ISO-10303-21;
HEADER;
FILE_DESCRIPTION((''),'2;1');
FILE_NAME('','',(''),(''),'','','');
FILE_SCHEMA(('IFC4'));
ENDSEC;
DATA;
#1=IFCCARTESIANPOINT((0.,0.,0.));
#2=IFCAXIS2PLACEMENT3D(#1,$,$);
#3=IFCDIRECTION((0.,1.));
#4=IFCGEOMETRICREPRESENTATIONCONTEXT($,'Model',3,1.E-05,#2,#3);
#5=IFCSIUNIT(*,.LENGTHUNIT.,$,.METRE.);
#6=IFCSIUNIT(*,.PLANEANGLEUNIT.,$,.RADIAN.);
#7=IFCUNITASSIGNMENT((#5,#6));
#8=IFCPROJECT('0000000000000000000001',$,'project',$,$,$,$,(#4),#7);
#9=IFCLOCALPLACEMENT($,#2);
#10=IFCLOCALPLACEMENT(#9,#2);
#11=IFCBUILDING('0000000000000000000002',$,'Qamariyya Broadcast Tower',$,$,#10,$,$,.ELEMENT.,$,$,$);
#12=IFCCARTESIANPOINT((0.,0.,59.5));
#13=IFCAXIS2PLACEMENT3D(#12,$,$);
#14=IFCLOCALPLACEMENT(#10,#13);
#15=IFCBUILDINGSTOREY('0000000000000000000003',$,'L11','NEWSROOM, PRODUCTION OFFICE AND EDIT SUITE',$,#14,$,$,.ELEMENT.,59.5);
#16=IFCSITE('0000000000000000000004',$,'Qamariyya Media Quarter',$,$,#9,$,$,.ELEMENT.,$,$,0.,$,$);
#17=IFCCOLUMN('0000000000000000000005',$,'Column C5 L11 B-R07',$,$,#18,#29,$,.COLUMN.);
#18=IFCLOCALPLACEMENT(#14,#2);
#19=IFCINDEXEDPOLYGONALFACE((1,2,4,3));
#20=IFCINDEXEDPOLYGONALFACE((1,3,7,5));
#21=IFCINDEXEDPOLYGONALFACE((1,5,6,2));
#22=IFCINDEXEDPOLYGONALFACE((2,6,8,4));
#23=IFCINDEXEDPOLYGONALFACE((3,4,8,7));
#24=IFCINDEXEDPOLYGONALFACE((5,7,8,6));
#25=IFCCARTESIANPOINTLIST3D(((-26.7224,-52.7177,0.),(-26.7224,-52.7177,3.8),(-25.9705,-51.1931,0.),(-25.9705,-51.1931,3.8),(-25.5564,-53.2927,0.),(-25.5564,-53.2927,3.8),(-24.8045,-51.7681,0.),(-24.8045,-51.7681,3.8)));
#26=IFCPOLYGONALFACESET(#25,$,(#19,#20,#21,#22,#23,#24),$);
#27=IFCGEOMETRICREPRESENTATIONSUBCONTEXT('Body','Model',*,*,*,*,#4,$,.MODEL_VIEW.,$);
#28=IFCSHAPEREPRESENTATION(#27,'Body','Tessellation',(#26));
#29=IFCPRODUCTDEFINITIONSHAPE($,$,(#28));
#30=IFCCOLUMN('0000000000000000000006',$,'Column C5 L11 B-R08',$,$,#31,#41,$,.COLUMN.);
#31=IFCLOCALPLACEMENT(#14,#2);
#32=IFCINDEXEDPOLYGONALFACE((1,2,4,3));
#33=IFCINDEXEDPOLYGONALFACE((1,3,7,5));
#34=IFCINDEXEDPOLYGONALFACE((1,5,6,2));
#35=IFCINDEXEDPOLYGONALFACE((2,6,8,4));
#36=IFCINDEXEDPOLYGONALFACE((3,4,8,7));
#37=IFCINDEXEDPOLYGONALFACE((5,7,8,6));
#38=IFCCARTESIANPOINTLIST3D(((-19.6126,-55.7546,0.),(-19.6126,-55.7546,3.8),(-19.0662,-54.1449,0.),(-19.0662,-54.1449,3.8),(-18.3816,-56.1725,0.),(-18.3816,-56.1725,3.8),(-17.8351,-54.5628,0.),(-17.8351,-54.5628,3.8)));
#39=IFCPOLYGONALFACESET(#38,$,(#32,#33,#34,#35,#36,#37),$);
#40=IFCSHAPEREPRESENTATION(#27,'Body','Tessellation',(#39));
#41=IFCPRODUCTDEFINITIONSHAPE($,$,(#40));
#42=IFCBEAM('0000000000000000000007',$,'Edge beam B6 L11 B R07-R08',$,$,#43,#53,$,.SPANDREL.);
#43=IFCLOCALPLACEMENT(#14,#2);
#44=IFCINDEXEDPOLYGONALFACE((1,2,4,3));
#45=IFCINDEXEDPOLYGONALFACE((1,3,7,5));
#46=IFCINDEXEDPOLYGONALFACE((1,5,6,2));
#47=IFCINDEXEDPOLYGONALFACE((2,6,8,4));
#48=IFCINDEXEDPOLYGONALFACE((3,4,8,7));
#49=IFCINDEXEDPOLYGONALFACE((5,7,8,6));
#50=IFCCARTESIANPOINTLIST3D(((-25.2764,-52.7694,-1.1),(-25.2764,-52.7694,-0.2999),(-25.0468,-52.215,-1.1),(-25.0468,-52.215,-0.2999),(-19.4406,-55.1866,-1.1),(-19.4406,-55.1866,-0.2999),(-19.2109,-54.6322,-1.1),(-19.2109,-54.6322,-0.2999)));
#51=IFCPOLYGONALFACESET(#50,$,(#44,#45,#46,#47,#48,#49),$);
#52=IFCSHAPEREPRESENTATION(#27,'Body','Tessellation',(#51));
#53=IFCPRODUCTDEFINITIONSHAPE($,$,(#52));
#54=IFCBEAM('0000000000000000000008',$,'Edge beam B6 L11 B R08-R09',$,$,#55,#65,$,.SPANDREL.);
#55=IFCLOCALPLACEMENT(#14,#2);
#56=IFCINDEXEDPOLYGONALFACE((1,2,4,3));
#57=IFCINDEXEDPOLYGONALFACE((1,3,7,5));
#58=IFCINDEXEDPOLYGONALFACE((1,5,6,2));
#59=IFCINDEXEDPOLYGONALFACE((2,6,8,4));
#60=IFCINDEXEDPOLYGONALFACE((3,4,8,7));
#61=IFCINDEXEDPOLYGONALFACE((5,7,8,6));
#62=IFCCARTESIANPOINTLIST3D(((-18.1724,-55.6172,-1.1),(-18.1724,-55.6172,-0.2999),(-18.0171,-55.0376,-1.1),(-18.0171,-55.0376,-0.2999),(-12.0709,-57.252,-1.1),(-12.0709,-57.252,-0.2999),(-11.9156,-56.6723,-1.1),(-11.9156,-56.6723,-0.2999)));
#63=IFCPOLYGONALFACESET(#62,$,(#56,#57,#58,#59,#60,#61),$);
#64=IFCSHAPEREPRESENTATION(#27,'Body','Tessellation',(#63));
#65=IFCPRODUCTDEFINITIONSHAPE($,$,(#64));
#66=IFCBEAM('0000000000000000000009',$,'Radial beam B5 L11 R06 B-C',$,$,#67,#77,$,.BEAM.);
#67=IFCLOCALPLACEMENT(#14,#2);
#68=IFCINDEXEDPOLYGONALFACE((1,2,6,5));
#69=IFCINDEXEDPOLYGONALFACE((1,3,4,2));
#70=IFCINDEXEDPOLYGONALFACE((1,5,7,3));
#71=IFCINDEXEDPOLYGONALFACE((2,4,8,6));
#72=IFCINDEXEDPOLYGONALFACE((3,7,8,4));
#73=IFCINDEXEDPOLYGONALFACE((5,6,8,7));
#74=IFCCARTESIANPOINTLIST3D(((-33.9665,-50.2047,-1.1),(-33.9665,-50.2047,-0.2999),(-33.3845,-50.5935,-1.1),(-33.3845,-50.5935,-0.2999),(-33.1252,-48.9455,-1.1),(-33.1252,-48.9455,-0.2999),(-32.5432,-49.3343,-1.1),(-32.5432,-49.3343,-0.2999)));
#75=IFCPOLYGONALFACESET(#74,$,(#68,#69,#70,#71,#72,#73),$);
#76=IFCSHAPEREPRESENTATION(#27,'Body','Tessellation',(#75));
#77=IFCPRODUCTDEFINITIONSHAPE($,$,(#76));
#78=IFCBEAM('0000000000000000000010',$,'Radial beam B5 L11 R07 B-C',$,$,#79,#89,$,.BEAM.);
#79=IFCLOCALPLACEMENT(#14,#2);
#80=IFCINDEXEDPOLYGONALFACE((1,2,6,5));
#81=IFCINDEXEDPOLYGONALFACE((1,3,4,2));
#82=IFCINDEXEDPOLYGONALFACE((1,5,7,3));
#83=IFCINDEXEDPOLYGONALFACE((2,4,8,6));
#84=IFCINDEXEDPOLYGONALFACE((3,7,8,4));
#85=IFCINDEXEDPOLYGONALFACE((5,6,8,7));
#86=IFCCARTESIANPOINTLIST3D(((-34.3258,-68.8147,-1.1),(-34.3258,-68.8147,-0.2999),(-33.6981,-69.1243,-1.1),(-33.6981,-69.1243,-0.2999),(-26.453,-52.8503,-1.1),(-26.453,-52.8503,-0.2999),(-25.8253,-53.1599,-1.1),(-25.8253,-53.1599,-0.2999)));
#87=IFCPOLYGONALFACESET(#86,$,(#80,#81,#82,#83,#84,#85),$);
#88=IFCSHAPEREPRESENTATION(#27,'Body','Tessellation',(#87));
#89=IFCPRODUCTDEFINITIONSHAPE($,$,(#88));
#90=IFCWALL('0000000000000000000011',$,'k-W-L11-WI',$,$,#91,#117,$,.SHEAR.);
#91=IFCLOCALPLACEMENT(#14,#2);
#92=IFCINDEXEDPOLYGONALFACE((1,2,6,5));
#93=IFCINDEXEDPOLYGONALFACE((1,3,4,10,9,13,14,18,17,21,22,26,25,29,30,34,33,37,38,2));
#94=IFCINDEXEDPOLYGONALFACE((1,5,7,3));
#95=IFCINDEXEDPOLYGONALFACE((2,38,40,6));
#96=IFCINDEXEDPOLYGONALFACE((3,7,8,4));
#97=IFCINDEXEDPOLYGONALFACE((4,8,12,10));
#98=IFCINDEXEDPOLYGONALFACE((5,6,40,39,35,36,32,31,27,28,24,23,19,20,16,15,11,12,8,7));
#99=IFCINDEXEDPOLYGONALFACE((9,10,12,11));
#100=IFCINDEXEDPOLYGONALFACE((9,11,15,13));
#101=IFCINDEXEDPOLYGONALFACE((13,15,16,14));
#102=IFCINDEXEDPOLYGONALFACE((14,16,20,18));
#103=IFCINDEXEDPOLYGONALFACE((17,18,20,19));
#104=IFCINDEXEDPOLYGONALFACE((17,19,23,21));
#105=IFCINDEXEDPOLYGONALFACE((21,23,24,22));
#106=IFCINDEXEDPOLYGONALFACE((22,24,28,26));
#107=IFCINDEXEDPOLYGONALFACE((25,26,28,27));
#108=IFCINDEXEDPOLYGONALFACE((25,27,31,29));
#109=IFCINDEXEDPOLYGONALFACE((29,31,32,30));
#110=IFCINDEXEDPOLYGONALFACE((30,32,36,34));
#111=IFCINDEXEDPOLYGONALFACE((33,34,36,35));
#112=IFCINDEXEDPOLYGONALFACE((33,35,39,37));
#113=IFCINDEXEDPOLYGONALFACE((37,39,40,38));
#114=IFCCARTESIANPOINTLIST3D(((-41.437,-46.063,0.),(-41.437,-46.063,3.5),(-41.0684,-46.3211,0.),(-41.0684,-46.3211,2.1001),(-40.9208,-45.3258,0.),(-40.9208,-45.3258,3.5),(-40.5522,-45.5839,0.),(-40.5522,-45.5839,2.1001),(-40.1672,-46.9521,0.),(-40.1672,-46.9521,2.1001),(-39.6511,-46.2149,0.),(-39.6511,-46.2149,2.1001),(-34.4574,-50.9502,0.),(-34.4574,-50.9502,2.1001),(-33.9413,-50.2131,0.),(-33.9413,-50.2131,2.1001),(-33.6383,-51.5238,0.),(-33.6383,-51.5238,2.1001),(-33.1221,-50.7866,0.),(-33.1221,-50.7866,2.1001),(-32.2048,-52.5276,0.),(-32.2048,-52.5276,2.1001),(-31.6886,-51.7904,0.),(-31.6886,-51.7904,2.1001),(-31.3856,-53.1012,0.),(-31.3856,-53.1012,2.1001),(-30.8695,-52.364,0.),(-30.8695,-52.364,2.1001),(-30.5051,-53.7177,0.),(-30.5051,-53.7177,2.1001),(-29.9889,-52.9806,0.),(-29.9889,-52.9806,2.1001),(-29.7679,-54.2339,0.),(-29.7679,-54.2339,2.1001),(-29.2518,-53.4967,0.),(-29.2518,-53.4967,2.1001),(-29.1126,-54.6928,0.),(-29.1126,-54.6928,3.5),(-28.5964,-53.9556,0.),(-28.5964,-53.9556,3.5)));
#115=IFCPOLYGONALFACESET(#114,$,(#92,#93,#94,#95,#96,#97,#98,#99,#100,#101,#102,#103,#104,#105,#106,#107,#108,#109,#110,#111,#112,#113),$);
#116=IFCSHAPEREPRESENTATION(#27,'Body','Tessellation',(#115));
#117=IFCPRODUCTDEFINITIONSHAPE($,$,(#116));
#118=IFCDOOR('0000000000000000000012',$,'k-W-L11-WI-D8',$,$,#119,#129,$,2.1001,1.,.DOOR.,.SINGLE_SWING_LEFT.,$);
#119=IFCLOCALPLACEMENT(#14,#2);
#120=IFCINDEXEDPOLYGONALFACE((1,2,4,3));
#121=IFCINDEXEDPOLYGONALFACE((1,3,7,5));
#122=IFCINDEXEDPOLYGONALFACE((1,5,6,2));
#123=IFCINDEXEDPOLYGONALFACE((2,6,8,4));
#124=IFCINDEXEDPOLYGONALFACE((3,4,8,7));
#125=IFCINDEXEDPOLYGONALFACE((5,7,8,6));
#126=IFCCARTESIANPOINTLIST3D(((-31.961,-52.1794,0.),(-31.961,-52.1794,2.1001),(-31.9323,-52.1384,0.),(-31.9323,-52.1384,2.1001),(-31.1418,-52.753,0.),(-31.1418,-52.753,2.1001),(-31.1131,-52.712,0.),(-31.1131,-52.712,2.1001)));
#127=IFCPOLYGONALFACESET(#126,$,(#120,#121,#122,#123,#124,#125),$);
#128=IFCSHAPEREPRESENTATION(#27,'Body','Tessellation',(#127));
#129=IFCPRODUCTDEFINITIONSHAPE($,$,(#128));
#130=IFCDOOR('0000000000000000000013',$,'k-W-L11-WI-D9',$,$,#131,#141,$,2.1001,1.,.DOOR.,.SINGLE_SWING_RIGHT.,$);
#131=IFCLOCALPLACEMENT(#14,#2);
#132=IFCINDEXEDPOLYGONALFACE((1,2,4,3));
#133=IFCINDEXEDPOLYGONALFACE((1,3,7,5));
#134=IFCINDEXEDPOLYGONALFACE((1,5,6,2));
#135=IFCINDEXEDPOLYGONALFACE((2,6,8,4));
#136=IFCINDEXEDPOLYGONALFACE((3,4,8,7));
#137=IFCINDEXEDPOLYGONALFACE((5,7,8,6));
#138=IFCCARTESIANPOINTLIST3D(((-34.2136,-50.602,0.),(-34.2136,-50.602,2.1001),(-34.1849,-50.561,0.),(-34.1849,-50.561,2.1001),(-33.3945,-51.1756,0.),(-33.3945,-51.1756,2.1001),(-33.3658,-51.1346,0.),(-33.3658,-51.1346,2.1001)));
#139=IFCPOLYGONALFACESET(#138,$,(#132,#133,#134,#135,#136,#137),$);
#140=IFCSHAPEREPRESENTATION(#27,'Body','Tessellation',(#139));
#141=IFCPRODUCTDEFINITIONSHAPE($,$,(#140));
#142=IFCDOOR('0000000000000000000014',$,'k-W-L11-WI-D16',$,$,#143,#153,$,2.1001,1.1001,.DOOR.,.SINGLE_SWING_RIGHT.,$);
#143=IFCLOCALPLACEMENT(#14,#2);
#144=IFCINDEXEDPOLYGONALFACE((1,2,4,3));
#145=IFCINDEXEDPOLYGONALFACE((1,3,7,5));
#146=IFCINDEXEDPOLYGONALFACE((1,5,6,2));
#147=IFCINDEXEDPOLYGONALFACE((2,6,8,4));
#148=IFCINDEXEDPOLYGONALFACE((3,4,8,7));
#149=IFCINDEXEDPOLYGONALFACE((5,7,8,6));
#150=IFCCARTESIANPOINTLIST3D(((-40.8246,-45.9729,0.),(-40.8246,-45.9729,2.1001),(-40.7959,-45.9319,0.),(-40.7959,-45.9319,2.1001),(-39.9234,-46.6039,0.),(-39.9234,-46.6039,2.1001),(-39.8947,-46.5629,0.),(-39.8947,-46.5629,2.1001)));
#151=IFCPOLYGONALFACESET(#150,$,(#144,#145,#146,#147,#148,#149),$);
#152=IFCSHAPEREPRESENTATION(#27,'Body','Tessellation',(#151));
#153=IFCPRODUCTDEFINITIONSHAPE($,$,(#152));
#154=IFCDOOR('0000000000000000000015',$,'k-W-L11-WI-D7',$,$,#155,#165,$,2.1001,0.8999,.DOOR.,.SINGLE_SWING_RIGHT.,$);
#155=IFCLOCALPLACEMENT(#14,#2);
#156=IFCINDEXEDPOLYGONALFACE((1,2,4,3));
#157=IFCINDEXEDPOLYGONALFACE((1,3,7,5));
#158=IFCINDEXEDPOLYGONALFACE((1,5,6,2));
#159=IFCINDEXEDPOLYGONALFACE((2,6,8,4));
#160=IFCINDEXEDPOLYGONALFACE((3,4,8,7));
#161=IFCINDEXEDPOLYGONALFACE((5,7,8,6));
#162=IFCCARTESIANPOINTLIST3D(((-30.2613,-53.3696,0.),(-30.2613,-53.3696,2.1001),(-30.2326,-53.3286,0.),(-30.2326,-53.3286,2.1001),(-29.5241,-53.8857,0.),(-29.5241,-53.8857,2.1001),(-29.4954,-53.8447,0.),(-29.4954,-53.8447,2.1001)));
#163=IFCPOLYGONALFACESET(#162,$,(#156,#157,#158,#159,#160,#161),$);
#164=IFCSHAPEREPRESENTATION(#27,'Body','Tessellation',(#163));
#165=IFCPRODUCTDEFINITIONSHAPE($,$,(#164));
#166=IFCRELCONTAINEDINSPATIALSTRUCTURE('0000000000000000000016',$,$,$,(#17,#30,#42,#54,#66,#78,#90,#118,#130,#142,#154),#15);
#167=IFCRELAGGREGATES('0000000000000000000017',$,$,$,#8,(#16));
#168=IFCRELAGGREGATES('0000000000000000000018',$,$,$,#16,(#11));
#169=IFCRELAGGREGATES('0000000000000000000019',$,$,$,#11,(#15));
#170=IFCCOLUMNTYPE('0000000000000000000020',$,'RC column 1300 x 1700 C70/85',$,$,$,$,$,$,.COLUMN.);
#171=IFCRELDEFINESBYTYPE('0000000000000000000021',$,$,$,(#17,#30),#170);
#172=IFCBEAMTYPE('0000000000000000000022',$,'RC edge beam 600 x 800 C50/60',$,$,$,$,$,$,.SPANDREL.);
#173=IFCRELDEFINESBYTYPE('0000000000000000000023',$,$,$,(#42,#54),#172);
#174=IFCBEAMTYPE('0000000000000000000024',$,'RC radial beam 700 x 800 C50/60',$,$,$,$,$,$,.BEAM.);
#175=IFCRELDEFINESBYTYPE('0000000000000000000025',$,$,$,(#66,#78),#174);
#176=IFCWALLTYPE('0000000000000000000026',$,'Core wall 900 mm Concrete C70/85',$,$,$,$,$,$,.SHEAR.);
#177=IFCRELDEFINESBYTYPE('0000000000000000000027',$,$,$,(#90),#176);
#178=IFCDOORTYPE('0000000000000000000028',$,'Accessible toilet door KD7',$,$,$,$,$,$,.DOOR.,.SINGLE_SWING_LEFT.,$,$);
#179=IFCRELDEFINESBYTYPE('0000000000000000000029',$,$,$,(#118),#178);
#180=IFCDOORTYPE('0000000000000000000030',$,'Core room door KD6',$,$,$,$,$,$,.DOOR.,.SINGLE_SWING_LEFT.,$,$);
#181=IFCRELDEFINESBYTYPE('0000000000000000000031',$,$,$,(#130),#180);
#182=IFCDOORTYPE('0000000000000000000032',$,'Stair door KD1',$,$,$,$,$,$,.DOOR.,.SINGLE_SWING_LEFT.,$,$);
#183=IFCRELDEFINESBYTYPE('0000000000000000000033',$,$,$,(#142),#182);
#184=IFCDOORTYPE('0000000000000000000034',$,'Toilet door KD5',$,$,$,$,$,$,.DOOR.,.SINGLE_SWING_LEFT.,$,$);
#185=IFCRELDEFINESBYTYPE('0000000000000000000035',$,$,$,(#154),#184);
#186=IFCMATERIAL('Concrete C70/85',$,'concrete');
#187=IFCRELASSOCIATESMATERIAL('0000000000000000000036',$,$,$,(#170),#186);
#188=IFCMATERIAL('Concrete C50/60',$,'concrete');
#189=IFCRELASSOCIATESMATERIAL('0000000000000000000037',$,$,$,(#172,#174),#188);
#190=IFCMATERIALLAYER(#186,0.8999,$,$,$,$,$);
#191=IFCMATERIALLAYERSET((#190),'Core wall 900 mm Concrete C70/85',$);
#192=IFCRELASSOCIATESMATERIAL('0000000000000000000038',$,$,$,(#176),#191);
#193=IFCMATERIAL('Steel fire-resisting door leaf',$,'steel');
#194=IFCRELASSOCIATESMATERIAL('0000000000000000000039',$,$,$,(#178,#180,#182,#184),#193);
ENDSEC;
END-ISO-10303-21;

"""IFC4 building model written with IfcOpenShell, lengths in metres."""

from ifc_helpers import new_model, si_unit, direction, frame, frame_2d, origin, origin_2d, place, context, subcontext, project, spatial, rectangle, extrude, material, layer, layer_set, material_profile, profile_set, type_object, element, fill, save


model = new_model("IFC4")

# Units and contexts
model_context = context("Model", 3, precision=1e-05, world=origin(), true_north=direction((0.0, 1.0)))
body_context = subcontext(model_context, "Body", "Model", "MODEL_VIEW")
ifc_project = project(units=[si_unit("LENGTHUNIT", "METRE"), si_unit("PLANEANGLEUNIT", "RADIAN")], contexts=[model_context])

# Site, building, storey
site_placement = place(None, origin())
site = spatial("IfcSite", under=ifc_project, at=site_placement, Name="Qamariyya Media Quarter", CompositionType="ELEMENT", RefElevation=0.0)
building_placement = place(site_placement, origin())
building = spatial("IfcBuilding", under=site, at=building_placement, Name="Qamariyya Broadcast Tower", CompositionType="ELEMENT")
storey_placement = place(building_placement, frame((0.0, 0.0, 59.5)))
storey = spatial("IfcBuildingStorey", under=building, at=storey_placement, Name="L11", Description="NEWSROOM, PRODUCTION OFFICE AND EDIT SUITE", CompositionType="ELEMENT", Elevation=59.5)

# Columns
ifc_material_1 = material(Name="Concrete C70/85", Category="concrete")
ifc_material_profile_1 = material_profile(ifc_material_1, rectangle(XDim=1.3, YDim=1.7, at=origin_2d()))
ifc_profile_set_1 = profile_set([ifc_material_profile_1], Name="Concrete C70/85")
column_type = type_object("IfcColumnType", Name="RC column 1300 x 1700 C70/85", PredefinedType="COLUMN", material=ifc_profile_set_1)
for number, where, z_axis, x_axis, name in (
    (1, (-25.7634, -52.2429, 0.0), (0.0, 0.0, 1.0), (0.896873, -0.442289, 0.0), "Column C5 L11 B-R07"),
    (2, (-18.7239, -55.1587, 0.0), (0.0, 0.0, 1.0), (0.94693, -0.321439, 0.0), "Column C5 L11 B-R08"),
):
    element("IfcColumn", number, at=place(storey_placement, frame(where, z_axis=z_axis, x_axis=x_axis)), inside=storey, type_object=column_type, Name=name, PredefinedType="COLUMN", context=body_context, shape_type="SweptSolid", body=[
        extrude(rectangle(XDim=1.3, YDim=1.7, at=origin_2d()), origin(), (0.0, 0.0, 1.0), 3.8),
    ])

# Beams
ifc_material_2 = material(Name="Concrete C50/60", Category="concrete")
ifc_material_profile_2 = material_profile(ifc_material_2, rectangle(XDim=0.6001, YDim=0.8, at=origin_2d()))
ifc_profile_set_2 = profile_set([ifc_material_profile_2], Name="Concrete C50/60")
beam_type_1 = type_object("IfcBeamType", Name="RC edge beam 600 x 800 C50/60", PredefinedType="SPANDREL", material=ifc_profile_set_2)
for number, where, z_axis, x_axis, name in (
    (3, (-25.1616, -52.4922, -0.7), (0.923884, -0.382672, 0.0), (0.382672, 0.923884, 0.0), "Edge beam B6 L11 B R07-R08"),
    (4, (-18.0947, -55.3274, -0.7), (0.965931, -0.258798, 0.0), (0.258798, 0.965931, 0.0), "Edge beam B6 L11 B R08-R09"),
):
    element("IfcBeam", number, at=place(storey_placement, frame(where, z_axis=z_axis, x_axis=x_axis)), inside=storey, type_object=beam_type_1, Name=name, PredefinedType="SPANDREL", context=body_context, shape_type="SweptSolid", body=[
        extrude(rectangle(XDim=0.6001, YDim=0.8, at=origin_2d()), origin(), (0.0, 0.0, 1.0), 6.3167),
    ])
ifc_material_profile_3 = material_profile(ifc_material_2, rectangle(XDim=0.7, YDim=0.8, at=origin_2d()))
ifc_profile_set_3 = profile_set([ifc_material_profile_3], Name="Concrete C50/60")
beam_type_2 = type_object("IfcBeamType", Name="RC radial beam 700 x 800 C50/60", PredefinedType="BEAM", material=ifc_profile_set_3)
beam_1_placement = place(storey_placement, frame((-32.8342, -49.1399, -0.7), z_axis=(-0.555518, -0.831504, 0.0), x_axis=(0.831504, -0.555518, 0.0)))
element("IfcBeam", 5, at=beam_1_placement, inside=storey, type_object=beam_type_2, Name="Radial beam B5 L11 R06 B-C", PredefinedType="BEAM", context=body_context, shape_type="SweptSolid", body=[
    extrude(rectangle(XDim=0.7, YDim=0.8, at=origin_2d()), origin(), (0.0, 0.0, 1.0), 1.5144),
])
beam_2_placement = place(storey_placement, frame((-26.1392, -53.0051, -0.7), z_axis=(-0.442291, -0.896872, 0.0), x_axis=(0.896872, -0.442291, 0.0)))
element("IfcBeam", 6, at=beam_2_placement, inside=storey, type_object=beam_type_2, Name="Radial beam B5 L11 R07 B-C", PredefinedType="BEAM", context=body_context, shape_type="SweptSolid", body=[
    extrude(rectangle(XDim=0.7, YDim=0.8, at=origin_2d()), origin(), (0.0, 0.0, 1.0), 17.8),
])

# Wall, openings, doors
ifc_layer_1 = layer(ifc_material_1, 0.8999)
ifc_layer_set_1 = layer_set([ifc_layer_1], Name="Core wall 900 mm Concrete C70/85")
wall_type_1 = type_object("IfcWallType", Name="Core wall 900 mm Concrete C70/85", PredefinedType="SHEAR", material=ifc_layer_set_1)
wall_1_placement = place(storey_placement, frame((-28.8545, -54.3242, 0.0), z_axis=(0.0, 0.0, 1.0), x_axis=(-0.819146, 0.573585, 0.0)))
wall_1 = element("IfcWall", 7, at=wall_1_placement, inside=storey, type_object=wall_type_1, Name="k-W-L11-WI", PredefinedType="SHEAR", context=body_context, shape_type="SweptSolid", body=[
    extrude(rectangle(XDim=15.0454, YDim=0.8999, at=frame_2d((7.5227, 0.0))), origin(), (0.0, 0.0, 1.0), 3.5),
])
opening_1_placement = place(wall_1_placement, frame((0.8, 0.0, 0.0)))
opening_1 = element("IfcOpeningElement", 8, at=opening_1_placement, cuts=wall_1, PredefinedType="OPENING", context=body_context, shape_type="SweptSolid", body=[
    extrude(rectangle(XDim=0.8999, YDim=2.1001, at=frame_2d((0.45, 1.05))), frame((0.0, 0.46, 0.0), z_axis=(0.0, -1.0, 0.0), x_axis=(1.0, 0.0, 0.0)), (0.0, 0.0, 1.0), 0.9199),
])
opening_2_placement = place(wall_1_placement, frame((2.7749, 0.0, 0.0)))
opening_2 = element("IfcOpeningElement", 9, at=opening_2_placement, cuts=wall_1, PredefinedType="OPENING", context=body_context, shape_type="SweptSolid", body=[
    extrude(rectangle(XDim=1.0, YDim=2.1001, at=frame_2d((0.5, 1.05))), frame((0.0, 0.46, 0.0), z_axis=(0.0, -1.0, 0.0), x_axis=(1.0, 0.0, 0.0)), (0.0, 0.0, 1.0), 0.9199),
])
opening_3_placement = place(wall_1_placement, frame((5.5249, 0.0, 0.0)))
opening_3 = element("IfcOpeningElement", 10, at=opening_3_placement, cuts=wall_1, PredefinedType="OPENING", context=body_context, shape_type="SweptSolid", body=[
    extrude(rectangle(XDim=1.0, YDim=2.1001, at=frame_2d((0.5, 1.05))), frame((0.0, 0.46, 0.0), z_axis=(0.0, -1.0, 0.0), x_axis=(1.0, 0.0, 0.0)), (0.0, 0.0, 1.0), 0.9199),
])
opening_4_placement = place(wall_1_placement, frame((13.4954, 0.0, 0.0)))
opening_4 = element("IfcOpeningElement", 11, at=opening_4_placement, cuts=wall_1, PredefinedType="OPENING", context=body_context, shape_type="SweptSolid", body=[
    extrude(rectangle(XDim=1.1001, YDim=2.1001, at=frame_2d((0.55, 1.05))), frame((0.0, 0.46, 0.0), z_axis=(0.0, -1.0, 0.0), x_axis=(1.0, 0.0, 0.0)), (0.0, 0.0, 1.0), 0.9199),
])
ifc_material_3 = material(Name="Steel fire-resisting door leaf", Category="steel")
door_type_1 = type_object("IfcDoorType", Name="Accessible toilet door KD7", OperationType="SINGLE_SWING_LEFT", PredefinedType="DOOR", material=ifc_material_3)
door_1_placement = place(opening_2_placement, origin())
door_1 = element("IfcDoor", 12, at=door_1_placement, inside=storey, type_object=door_type_1, Name="k-W-L11-WI-D8", OperationType="SINGLE_SWING_LEFT", OverallHeight=2.1001, OverallWidth=1.0, PredefinedType="DOOR", context=body_context, shape_type="SweptSolid", body=[
    extrude(rectangle(XDim=1.0, YDim=2.1001, at=frame_2d((0.5, 1.05))), frame((0.0, 0.0249, 0.0), z_axis=(0.0, -1.0, 0.0), x_axis=(1.0, 0.0, 0.0)), (0.0, 0.0, 1.0), 0.05),
])
fill(opening_2, door_1)
door_type_2 = type_object("IfcDoorType", Name="Core room door KD6", OperationType="SINGLE_SWING_LEFT", PredefinedType="DOOR", material=ifc_material_3)
door_2_placement = place(opening_3_placement, origin())
door_2 = element("IfcDoor", 13, at=door_2_placement, inside=storey, type_object=door_type_2, Name="k-W-L11-WI-D9", OperationType="SINGLE_SWING_RIGHT", OverallHeight=2.1001, OverallWidth=1.0, PredefinedType="DOOR", context=body_context, shape_type="SweptSolid", body=[
    extrude(rectangle(XDim=1.0, YDim=2.1001, at=frame_2d((0.5, 1.05))), frame((0.0, 0.0249, 0.0), z_axis=(0.0, -1.0, 0.0), x_axis=(1.0, 0.0, 0.0)), (0.0, 0.0, 1.0), 0.05),
])
fill(opening_3, door_2)
door_type_3 = type_object("IfcDoorType", Name="Stair door KD1", OperationType="SINGLE_SWING_LEFT", PredefinedType="DOOR", material=ifc_material_3)
door_3_placement = place(opening_4_placement, origin())
door_3 = element("IfcDoor", 14, at=door_3_placement, inside=storey, type_object=door_type_3, Name="k-W-L11-WI-D16", OperationType="SINGLE_SWING_RIGHT", OverallHeight=2.1001, OverallWidth=1.1001, PredefinedType="DOOR", context=body_context, shape_type="SweptSolid", body=[
    extrude(rectangle(XDim=1.1001, YDim=2.1001, at=frame_2d((0.55, 1.05))), frame((0.0, 0.0249, 0.0), z_axis=(0.0, -1.0, 0.0), x_axis=(1.0, 0.0, 0.0)), (0.0, 0.0, 1.0), 0.05),
])
fill(opening_4, door_3)
door_type_4 = type_object("IfcDoorType", Name="Toilet door KD5", OperationType="SINGLE_SWING_LEFT", PredefinedType="DOOR", material=ifc_material_3)
door_4_placement = place(opening_1_placement, origin())
door_4 = element("IfcDoor", 15, at=door_4_placement, inside=storey, type_object=door_type_4, Name="k-W-L11-WI-D7", OperationType="SINGLE_SWING_RIGHT", OverallHeight=2.1001, OverallWidth=0.8999, PredefinedType="DOOR", context=body_context, shape_type="SweptSolid", body=[
    extrude(rectangle(XDim=0.8999, YDim=2.1001, at=frame_2d((0.45, 1.05))), frame((0.0, 0.0249, 0.0), z_axis=(0.0, -1.0, 0.0), x_axis=(1.0, 0.0, 0.0)), (0.0, 0.0, 1.0), 0.05),
])
fill(opening_1, door_4)

save(model, "model.ifc")
